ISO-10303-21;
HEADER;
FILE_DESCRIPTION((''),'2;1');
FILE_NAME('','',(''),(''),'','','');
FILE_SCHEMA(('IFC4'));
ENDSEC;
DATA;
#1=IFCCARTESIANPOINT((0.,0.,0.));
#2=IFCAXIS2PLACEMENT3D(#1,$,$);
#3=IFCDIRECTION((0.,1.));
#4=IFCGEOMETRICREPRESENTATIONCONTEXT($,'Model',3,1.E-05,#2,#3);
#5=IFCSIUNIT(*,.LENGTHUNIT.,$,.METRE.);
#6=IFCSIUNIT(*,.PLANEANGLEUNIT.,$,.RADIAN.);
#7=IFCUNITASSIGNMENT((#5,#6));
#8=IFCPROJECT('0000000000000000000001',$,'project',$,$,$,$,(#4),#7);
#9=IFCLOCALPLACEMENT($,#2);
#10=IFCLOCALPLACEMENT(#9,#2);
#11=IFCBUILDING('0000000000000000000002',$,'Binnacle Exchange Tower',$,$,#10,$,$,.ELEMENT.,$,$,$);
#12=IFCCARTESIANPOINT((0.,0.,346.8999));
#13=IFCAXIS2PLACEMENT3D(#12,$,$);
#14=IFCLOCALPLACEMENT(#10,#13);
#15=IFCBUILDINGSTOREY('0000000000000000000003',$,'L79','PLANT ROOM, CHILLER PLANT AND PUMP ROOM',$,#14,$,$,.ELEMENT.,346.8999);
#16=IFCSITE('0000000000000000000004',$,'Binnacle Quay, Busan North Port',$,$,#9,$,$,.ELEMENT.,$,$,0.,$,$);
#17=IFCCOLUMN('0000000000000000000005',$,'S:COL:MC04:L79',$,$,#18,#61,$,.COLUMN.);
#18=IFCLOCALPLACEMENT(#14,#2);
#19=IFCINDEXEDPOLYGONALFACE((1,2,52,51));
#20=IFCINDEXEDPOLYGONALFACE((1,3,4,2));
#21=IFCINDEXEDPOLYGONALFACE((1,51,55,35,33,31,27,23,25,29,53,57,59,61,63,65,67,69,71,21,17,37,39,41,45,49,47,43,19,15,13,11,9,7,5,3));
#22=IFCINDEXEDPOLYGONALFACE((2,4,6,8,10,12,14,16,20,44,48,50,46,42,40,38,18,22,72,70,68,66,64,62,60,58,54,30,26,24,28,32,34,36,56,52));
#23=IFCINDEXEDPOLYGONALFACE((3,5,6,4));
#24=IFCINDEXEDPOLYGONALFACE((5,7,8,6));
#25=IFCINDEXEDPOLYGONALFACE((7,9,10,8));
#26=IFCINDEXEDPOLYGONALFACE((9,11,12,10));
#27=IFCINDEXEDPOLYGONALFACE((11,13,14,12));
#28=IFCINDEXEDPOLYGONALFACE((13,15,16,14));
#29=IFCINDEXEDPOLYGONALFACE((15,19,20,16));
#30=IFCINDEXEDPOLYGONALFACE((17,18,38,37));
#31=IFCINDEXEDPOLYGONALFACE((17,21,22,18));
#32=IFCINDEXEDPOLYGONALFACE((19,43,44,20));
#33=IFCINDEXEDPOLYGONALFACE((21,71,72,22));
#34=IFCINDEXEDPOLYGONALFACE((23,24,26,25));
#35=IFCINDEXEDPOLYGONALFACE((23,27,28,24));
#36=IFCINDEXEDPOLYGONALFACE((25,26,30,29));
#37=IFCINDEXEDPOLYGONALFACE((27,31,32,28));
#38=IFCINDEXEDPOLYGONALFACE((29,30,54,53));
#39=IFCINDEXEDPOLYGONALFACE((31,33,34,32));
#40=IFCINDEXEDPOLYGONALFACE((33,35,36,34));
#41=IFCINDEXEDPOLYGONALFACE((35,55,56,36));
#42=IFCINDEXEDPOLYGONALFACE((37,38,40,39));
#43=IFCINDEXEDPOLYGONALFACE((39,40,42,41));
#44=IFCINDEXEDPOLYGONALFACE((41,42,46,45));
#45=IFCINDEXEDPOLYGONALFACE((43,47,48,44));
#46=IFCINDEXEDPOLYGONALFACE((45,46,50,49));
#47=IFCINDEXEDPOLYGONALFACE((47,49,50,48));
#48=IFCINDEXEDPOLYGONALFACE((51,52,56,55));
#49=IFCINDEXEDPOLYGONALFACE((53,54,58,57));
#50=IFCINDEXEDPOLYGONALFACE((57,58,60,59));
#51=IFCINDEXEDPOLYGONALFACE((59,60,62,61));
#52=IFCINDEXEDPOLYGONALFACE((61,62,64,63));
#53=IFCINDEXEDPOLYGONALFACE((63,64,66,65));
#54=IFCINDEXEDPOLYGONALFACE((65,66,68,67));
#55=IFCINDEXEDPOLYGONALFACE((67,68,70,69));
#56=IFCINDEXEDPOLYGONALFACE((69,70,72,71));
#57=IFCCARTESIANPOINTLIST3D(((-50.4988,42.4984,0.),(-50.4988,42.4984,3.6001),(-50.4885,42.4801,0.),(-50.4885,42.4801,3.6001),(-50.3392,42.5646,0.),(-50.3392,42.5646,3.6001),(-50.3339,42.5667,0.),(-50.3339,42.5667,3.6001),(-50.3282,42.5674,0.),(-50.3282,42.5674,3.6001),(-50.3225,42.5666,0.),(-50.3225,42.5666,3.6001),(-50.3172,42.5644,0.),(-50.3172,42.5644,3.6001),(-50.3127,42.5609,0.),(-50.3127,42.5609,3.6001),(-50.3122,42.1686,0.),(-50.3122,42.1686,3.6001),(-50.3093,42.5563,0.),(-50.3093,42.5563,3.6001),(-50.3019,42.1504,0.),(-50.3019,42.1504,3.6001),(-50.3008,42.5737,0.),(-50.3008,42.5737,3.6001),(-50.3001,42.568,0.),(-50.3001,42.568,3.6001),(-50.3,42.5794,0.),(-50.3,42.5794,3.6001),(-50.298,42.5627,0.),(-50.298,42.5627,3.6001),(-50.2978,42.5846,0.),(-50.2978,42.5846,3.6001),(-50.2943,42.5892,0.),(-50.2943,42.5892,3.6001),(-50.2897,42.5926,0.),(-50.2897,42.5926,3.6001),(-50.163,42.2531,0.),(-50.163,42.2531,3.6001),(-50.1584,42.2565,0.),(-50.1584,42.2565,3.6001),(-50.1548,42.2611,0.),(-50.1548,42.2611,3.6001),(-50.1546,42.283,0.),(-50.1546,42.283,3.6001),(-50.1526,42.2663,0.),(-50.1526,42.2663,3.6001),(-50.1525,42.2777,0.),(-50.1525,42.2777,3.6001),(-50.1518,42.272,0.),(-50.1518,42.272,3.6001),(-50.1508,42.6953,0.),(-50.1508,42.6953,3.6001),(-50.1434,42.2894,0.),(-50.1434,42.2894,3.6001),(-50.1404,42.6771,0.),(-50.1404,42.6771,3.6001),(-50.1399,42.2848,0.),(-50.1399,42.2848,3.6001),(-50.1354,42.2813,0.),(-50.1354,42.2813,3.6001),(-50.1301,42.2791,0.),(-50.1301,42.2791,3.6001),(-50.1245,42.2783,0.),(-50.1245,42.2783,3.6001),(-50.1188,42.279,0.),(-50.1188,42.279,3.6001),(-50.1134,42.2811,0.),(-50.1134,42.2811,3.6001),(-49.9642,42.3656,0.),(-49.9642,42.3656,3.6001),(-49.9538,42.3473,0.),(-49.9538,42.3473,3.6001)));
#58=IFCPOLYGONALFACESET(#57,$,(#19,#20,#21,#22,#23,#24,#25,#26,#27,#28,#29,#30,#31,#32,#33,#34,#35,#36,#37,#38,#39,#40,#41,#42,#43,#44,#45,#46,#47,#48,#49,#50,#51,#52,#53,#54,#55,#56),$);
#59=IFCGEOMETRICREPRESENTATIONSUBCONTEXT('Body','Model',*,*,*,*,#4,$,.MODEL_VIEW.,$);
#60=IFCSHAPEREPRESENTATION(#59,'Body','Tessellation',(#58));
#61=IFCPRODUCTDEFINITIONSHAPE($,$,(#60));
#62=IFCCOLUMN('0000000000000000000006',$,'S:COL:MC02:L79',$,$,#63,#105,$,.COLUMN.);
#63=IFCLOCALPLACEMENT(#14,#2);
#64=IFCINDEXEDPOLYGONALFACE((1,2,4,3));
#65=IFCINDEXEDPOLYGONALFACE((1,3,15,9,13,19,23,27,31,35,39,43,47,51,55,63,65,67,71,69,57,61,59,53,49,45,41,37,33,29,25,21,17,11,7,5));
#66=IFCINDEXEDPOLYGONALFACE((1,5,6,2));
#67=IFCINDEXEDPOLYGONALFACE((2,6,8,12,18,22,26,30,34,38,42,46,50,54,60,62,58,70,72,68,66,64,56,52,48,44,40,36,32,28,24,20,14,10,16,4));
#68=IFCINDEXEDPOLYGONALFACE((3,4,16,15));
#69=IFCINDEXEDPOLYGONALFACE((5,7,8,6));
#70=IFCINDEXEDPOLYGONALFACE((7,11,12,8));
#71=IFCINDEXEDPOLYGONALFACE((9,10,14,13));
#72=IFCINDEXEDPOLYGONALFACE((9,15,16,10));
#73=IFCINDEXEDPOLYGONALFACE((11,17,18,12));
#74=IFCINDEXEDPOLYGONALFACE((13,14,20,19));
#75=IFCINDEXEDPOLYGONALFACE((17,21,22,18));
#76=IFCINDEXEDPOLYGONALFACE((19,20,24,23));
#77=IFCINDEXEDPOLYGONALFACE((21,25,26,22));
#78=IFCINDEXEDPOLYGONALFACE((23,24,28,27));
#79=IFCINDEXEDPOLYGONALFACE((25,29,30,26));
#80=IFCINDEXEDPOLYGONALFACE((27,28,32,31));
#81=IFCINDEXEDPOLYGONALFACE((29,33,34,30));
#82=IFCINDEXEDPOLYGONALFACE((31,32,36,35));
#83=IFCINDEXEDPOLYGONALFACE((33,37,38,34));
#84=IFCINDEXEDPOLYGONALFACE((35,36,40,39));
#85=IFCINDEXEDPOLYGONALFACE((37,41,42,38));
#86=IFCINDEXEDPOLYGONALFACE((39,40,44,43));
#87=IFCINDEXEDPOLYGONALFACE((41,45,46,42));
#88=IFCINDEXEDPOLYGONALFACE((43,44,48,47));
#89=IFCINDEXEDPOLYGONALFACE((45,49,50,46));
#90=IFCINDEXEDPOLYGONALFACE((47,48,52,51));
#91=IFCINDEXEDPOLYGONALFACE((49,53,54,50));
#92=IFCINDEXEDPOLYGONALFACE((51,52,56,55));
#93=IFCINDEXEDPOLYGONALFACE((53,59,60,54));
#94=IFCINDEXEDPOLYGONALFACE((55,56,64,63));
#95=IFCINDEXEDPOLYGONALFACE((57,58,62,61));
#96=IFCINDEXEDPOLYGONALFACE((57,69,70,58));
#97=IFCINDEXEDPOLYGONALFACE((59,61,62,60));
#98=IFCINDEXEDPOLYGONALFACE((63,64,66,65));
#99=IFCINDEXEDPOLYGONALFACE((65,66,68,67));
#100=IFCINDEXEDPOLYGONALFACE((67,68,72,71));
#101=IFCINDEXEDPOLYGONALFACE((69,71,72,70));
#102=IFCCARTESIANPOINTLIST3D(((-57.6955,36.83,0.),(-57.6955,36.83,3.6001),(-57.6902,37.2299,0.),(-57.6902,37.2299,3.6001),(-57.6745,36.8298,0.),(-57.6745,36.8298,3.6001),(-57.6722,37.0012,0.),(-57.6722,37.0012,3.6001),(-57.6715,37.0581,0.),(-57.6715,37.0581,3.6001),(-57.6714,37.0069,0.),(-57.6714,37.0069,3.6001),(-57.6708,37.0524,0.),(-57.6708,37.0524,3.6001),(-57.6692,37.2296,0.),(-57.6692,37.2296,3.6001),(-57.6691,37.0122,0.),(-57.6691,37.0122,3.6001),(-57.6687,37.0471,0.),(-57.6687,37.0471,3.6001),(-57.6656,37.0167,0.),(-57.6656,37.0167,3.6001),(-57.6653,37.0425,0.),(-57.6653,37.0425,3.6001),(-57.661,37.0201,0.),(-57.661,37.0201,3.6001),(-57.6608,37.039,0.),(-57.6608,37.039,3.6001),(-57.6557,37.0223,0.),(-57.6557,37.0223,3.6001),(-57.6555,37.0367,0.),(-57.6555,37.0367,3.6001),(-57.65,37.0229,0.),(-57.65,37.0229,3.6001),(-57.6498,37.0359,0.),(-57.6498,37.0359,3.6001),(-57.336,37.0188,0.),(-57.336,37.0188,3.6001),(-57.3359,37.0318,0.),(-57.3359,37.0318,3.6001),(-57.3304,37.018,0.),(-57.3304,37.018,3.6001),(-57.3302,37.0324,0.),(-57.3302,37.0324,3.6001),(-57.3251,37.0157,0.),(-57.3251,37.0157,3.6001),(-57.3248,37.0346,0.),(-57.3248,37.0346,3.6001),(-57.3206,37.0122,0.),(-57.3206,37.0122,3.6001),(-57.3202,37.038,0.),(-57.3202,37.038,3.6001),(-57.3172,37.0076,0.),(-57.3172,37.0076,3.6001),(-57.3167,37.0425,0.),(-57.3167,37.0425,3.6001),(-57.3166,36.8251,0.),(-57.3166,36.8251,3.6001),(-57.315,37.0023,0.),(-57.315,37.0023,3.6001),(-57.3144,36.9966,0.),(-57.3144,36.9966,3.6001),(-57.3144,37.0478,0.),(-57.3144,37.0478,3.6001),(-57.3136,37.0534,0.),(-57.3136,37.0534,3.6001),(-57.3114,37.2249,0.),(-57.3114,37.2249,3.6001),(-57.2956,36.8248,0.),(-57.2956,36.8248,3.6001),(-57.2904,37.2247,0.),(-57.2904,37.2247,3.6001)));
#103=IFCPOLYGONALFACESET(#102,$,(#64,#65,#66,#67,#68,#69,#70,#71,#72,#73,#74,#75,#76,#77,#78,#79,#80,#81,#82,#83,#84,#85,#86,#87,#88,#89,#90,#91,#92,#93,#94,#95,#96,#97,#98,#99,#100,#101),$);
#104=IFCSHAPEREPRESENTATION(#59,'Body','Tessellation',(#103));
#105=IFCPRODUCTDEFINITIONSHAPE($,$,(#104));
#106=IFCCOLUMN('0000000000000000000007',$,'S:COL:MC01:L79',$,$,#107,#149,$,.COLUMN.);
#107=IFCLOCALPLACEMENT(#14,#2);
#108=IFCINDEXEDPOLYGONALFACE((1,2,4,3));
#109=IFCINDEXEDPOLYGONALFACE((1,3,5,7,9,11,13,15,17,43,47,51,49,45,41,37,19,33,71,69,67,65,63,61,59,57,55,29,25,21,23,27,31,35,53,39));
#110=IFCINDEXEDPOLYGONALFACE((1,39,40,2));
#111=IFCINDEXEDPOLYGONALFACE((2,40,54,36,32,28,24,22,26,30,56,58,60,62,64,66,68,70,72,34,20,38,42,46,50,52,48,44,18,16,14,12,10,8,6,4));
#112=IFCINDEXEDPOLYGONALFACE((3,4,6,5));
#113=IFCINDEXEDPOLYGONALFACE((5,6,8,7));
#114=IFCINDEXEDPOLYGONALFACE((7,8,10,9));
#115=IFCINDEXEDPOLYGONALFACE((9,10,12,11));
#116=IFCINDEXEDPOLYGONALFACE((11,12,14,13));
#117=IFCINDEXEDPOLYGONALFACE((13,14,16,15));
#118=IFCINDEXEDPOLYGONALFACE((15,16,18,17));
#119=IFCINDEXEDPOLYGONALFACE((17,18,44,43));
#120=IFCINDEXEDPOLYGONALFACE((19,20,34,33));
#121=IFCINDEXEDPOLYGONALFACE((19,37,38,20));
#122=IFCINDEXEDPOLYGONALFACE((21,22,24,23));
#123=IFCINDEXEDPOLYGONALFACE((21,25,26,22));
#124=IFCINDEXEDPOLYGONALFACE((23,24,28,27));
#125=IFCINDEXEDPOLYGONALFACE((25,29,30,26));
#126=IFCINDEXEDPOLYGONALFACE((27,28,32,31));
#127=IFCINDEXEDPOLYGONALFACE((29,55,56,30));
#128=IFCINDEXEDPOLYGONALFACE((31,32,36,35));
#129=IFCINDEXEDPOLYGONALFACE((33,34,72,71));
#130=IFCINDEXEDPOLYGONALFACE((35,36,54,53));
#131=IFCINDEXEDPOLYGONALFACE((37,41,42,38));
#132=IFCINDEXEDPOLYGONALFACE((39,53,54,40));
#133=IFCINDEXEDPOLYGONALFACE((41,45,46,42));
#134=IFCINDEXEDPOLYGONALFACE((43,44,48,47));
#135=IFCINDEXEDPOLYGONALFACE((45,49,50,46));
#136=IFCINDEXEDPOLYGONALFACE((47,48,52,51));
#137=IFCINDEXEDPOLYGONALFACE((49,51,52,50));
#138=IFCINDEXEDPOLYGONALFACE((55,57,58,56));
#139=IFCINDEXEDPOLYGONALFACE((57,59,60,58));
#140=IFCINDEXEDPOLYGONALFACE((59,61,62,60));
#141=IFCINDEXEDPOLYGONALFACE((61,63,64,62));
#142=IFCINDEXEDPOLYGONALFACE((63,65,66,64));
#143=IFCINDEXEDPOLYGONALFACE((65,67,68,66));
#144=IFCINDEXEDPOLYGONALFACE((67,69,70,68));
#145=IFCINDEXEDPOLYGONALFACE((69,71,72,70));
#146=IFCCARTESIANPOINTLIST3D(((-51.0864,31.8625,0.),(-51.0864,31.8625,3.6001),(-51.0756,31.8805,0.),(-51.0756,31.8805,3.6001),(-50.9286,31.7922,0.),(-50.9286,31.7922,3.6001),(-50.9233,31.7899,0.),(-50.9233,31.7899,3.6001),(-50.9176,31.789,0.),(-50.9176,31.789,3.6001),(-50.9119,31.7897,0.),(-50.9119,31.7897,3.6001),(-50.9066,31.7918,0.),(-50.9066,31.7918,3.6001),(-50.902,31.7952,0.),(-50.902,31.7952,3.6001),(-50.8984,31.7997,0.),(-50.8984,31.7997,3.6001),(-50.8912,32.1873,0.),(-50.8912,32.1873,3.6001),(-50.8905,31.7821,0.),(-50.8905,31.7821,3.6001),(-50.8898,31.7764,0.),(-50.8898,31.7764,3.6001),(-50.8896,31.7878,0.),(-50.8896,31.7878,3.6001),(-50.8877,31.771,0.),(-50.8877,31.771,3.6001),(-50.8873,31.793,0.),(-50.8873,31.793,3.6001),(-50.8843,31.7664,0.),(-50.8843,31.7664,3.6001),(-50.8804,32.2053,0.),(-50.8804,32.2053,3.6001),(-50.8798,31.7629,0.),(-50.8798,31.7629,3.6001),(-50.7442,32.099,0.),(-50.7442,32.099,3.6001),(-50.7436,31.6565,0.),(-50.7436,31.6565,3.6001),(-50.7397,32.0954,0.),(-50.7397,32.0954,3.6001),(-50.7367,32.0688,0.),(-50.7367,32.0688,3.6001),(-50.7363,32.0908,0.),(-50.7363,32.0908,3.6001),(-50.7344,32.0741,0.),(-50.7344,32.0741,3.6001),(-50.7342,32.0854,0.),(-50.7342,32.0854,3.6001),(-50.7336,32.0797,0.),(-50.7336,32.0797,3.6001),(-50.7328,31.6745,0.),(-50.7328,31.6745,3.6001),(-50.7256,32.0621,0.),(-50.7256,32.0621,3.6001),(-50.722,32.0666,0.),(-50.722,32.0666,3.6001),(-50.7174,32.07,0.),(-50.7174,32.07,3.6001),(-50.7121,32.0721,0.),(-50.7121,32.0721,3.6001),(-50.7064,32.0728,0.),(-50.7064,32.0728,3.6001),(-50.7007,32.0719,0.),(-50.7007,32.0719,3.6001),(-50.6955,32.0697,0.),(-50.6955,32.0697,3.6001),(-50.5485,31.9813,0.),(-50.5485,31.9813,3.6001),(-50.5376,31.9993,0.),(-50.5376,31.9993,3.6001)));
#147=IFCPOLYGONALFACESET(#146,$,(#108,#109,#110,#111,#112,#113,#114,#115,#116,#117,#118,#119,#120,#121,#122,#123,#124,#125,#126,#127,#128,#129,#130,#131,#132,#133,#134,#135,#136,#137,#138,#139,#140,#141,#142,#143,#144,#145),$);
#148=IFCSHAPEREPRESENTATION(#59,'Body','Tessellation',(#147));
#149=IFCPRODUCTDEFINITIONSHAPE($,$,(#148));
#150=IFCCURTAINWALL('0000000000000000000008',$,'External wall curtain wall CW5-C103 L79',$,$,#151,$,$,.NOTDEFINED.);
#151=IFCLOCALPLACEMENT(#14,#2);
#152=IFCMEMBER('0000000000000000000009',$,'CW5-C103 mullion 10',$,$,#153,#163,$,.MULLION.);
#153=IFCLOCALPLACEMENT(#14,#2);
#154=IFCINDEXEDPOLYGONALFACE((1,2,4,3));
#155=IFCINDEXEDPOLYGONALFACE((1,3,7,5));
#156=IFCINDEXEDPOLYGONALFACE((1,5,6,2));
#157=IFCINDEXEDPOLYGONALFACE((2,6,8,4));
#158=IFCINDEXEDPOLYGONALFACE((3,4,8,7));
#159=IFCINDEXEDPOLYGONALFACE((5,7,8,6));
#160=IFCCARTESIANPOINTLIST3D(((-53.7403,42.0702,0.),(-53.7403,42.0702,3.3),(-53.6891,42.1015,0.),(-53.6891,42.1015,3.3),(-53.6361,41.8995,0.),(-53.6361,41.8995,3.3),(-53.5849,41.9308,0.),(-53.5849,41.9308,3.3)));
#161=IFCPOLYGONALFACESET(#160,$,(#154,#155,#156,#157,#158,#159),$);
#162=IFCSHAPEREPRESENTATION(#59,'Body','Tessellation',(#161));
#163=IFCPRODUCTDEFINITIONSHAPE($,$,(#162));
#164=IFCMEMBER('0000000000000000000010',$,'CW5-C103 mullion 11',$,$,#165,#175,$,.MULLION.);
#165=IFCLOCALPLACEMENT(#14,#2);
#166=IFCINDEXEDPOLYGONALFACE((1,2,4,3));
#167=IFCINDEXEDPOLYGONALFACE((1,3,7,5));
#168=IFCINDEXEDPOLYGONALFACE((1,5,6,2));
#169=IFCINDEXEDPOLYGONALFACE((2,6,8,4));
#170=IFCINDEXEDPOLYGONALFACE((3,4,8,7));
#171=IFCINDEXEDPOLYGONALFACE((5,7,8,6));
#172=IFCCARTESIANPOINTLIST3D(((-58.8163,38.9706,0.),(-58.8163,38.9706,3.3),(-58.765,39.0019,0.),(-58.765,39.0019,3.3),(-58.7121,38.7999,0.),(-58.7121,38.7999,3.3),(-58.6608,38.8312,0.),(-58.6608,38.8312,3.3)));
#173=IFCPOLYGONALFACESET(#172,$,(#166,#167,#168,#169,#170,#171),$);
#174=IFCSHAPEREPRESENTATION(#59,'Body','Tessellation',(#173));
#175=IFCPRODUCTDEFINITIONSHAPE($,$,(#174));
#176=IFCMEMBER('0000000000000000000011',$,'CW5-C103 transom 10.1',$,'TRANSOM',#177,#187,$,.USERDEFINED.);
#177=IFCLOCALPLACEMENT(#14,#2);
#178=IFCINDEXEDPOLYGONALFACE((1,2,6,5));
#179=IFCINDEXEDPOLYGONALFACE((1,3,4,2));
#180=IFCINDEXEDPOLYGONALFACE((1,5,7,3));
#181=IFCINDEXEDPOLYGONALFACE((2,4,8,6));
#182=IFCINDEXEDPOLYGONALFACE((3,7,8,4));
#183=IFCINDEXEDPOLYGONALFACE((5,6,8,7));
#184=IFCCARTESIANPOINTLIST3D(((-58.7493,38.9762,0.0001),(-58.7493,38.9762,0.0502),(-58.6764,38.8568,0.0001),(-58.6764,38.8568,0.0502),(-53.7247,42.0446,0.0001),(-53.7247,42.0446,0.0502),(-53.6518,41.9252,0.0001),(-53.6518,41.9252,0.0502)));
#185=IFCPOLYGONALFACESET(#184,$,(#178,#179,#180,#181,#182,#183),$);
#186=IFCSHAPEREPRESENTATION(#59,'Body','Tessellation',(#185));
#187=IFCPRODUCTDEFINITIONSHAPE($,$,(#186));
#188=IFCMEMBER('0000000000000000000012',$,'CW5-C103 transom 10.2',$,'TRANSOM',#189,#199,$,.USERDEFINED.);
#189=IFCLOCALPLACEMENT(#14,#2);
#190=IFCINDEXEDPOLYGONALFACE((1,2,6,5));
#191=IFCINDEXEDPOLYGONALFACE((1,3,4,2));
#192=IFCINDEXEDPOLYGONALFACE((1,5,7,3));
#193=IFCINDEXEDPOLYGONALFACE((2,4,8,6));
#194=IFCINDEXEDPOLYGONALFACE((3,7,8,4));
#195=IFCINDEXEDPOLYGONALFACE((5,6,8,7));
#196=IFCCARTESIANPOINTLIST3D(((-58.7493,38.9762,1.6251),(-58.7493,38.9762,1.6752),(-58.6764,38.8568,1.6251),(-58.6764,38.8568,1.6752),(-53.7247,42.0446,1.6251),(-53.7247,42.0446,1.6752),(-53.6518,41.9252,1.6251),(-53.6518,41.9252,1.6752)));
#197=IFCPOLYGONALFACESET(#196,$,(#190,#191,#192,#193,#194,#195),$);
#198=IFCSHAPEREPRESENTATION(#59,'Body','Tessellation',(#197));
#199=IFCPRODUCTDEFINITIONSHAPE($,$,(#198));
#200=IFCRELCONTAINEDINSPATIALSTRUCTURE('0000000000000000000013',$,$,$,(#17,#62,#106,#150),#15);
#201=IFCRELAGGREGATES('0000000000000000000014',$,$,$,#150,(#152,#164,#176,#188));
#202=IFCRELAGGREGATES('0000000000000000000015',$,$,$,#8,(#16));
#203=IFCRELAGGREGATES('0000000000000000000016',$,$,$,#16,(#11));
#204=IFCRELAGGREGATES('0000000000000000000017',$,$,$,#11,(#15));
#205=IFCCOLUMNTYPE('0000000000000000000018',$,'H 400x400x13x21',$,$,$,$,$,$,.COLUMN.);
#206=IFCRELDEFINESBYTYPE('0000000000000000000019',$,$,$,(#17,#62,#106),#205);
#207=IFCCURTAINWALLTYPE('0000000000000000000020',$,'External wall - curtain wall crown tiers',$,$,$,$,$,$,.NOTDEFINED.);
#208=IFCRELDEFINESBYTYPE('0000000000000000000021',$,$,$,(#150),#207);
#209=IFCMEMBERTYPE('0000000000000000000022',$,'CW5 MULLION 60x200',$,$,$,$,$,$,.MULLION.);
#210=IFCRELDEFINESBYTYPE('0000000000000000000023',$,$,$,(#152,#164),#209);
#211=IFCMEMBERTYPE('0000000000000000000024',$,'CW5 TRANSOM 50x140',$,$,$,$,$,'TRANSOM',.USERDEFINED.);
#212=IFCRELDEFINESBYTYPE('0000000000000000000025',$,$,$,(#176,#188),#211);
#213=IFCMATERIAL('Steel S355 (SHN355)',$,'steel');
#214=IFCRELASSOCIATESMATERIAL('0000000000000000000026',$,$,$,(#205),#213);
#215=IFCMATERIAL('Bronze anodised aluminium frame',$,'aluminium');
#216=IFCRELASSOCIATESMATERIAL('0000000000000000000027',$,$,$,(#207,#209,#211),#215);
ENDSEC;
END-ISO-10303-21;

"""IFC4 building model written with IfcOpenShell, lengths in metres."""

from ifc_helpers import new_model, si_unit, direction, frame, origin, origin_2d, place, context, subcontext, project, spatial, rectangle, i_section, extrude, material, material_profile, profile_set, type_object, element, aggregate, save


model = new_model("IFC4")

# Units and contexts
model_context = context("Model", 3, precision=1e-05, world=origin(), true_north=direction((0.0, 1.0)))
body_context = subcontext(model_context, "Body", "Model", "MODEL_VIEW")
ifc_project = project(units=[si_unit("LENGTHUNIT", "METRE"), si_unit("PLANEANGLEUNIT", "RADIAN")], contexts=[model_context])

# Site, building, storey
site_placement = place(None, origin())
site = spatial("IfcSite", under=ifc_project, at=site_placement, Name="Binnacle Quay, Busan North Port", CompositionType="ELEMENT", RefElevation=0.0)
building_placement = place(site_placement, origin())
building = spatial("IfcBuilding", under=site, at=building_placement, Name="Binnacle Exchange Tower", CompositionType="ELEMENT")
storey_placement = place(building_placement, frame((0.0, 0.0, 346.8999)))
storey = spatial("IfcBuildingStorey", under=building, at=storey_placement, Name="L79", Description="PLANT ROOM, CHILLER PLANT AND PUMP ROOM", CompositionType="ELEMENT", Elevation=346.8999)

# Columns
ifc_material_1 = material(Name="Steel S355 (SHN355)", Category="steel")
ifc_material_profile_1 = material_profile(ifc_material_1, i_section(OverallWidth=0.3999, OverallDepth=0.3999, WebThickness=0.0129, FlangeThickness=0.021, FilletRadius=0.022, at=origin_2d()), Name="H 400x400x13x21")
ifc_profile_set_1 = profile_set([ifc_material_profile_1], Name="Steel S355 (SHN355)")
column_type = type_object("IfcColumnType", Name="H 400x400x13x21", PredefinedType="COLUMN", material=ifc_profile_set_1)
for number, where, z_axis, x_axis, name in (
    (1, (-50.2263, 42.4229, 0.0), (0.0, 0.0, 1.0), (-0.870356, -0.492424, 0.0), "S:COL:MC04:L79"),
    (2, (-57.4929, 37.0273, 0.0), (0.0, 0.0, 1.0), (-0.01309, -0.999914, 0.0), "S:COL:MC02:L79"),
    (3, (-50.812, 31.9309, 0.0), (0.0, 0.0, 1.0), (0.857167, -0.515038, 0.0), "S:COL:MC01:L79"),
):
    element("IfcColumn", number, at=place(storey_placement, frame(where, z_axis=z_axis, x_axis=x_axis)), inside=storey, type_object=column_type, Name=name, PredefinedType="COLUMN", context=body_context, shape_type="SweptSolid", body=[
        extrude(i_section(OverallWidth=0.3999, OverallDepth=0.3999, WebThickness=0.0129, FlangeThickness=0.021, FilletRadius=0.022, at=origin_2d()), origin(), (0.0, 0.0, 1.0), 3.6001),
    ])

# Curtain wall, members
ifc_material_2 = material(Name="Bronze anodised aluminium frame", Category="aluminium")
curtain_wall_type = type_object("IfcCurtainWallType", Name="External wall - curtain wall crown tiers", PredefinedType="NOTDEFINED", material=ifc_material_2)
curtain_wall_placement = place(storey_placement, origin())
curtain_wall = element("IfcCurtainWall", 4, at=curtain_wall_placement, inside=storey, type_object=curtain_wall_type, Name="External wall curtain wall CW5-C103 L79", PredefinedType="NOTDEFINED")
ifc_material_profile_2 = material_profile(ifc_material_2, rectangle(XDim=0.2, YDim=0.0601, at=origin_2d()), Name="AL 60x200")
ifc_profile_set_2 = profile_set([ifc_material_profile_2], Name="Bronze anodised aluminium frame")
member_type_1 = type_object("IfcMemberType", Name="CW5 MULLION 60x200", PredefinedType="MULLION", material=ifc_profile_set_2)
member_1_placement = place(storey_placement, frame((-53.6626, 42.0005, 0.0), z_axis=(0.0, 0.0, 1.0), x_axis=(0.521157, -0.853461, 0.0)))
member_1 = element("IfcMember", 5, at=member_1_placement, type_object=member_type_1, Name="CW5-C103 mullion 10", PredefinedType="MULLION", context=body_context, shape_type="SweptSolid", body=[
    extrude(rectangle(XDim=0.2, YDim=0.0601, at=origin_2d()), origin(), (0.0, 0.0, 1.0), 3.3),
])
member_2_placement = place(storey_placement, frame((-58.7385, 38.9009, 0.0), z_axis=(0.0, 0.0, 1.0), x_axis=(0.521157, -0.853461, 0.0)))
member_2 = element("IfcMember", 6, at=member_2_placement, type_object=member_type_1, Name="CW5-C103 mullion 11", PredefinedType="MULLION", context=body_context, shape_type="SweptSolid", body=[
    extrude(rectangle(XDim=0.2, YDim=0.0601, at=origin_2d()), origin(), (0.0, 0.0, 1.0), 3.3),
])
ifc_material_profile_3 = material_profile(ifc_material_2, rectangle(XDim=0.1399, YDim=0.05, at=origin_2d()), Name="AL 140x50")
ifc_profile_set_3 = profile_set([ifc_material_profile_3], Name="Bronze anodised aluminium frame")
member_type_2 = type_object("IfcMemberType", Name="CW5 TRANSOM 50x140", ElementType="TRANSOM", PredefinedType="USERDEFINED", material=ifc_profile_set_3)
member_3_placement = place(storey_placement, frame((-53.6882, 41.9849, 0.0251), z_axis=(-0.853453, -0.52117, 0.0), x_axis=(0.52117, -0.853453, 0.0)))
member_3 = element("IfcMember", 7, at=member_3_placement, type_object=member_type_2, Name="CW5-C103 transom 10.1", ObjectType="TRANSOM", PredefinedType="USERDEFINED", context=body_context, shape_type="SweptSolid", body=[
    extrude(rectangle(XDim=0.1399, YDim=0.05, at=origin_2d()), origin(), (0.0, 0.0, 1.0), 5.8875),
])
member_4_placement = place(storey_placement, frame((-53.6882, 41.9849, 1.6501), z_axis=(-0.853453, -0.52117, 0.0), x_axis=(0.52117, -0.853453, 0.0)))
member_4 = element("IfcMember", 8, at=member_4_placement, type_object=member_type_2, Name="CW5-C103 transom 10.2", ObjectType="TRANSOM", PredefinedType="USERDEFINED", context=body_context, shape_type="SweptSolid", body=[
    extrude(rectangle(XDim=0.1399, YDim=0.05, at=origin_2d()), origin(), (0.0, 0.0, 1.0), 5.8875),
])

aggregate(curtain_wall, [member_1, member_2, member_3, member_4])

save(model, "model.ifc")
